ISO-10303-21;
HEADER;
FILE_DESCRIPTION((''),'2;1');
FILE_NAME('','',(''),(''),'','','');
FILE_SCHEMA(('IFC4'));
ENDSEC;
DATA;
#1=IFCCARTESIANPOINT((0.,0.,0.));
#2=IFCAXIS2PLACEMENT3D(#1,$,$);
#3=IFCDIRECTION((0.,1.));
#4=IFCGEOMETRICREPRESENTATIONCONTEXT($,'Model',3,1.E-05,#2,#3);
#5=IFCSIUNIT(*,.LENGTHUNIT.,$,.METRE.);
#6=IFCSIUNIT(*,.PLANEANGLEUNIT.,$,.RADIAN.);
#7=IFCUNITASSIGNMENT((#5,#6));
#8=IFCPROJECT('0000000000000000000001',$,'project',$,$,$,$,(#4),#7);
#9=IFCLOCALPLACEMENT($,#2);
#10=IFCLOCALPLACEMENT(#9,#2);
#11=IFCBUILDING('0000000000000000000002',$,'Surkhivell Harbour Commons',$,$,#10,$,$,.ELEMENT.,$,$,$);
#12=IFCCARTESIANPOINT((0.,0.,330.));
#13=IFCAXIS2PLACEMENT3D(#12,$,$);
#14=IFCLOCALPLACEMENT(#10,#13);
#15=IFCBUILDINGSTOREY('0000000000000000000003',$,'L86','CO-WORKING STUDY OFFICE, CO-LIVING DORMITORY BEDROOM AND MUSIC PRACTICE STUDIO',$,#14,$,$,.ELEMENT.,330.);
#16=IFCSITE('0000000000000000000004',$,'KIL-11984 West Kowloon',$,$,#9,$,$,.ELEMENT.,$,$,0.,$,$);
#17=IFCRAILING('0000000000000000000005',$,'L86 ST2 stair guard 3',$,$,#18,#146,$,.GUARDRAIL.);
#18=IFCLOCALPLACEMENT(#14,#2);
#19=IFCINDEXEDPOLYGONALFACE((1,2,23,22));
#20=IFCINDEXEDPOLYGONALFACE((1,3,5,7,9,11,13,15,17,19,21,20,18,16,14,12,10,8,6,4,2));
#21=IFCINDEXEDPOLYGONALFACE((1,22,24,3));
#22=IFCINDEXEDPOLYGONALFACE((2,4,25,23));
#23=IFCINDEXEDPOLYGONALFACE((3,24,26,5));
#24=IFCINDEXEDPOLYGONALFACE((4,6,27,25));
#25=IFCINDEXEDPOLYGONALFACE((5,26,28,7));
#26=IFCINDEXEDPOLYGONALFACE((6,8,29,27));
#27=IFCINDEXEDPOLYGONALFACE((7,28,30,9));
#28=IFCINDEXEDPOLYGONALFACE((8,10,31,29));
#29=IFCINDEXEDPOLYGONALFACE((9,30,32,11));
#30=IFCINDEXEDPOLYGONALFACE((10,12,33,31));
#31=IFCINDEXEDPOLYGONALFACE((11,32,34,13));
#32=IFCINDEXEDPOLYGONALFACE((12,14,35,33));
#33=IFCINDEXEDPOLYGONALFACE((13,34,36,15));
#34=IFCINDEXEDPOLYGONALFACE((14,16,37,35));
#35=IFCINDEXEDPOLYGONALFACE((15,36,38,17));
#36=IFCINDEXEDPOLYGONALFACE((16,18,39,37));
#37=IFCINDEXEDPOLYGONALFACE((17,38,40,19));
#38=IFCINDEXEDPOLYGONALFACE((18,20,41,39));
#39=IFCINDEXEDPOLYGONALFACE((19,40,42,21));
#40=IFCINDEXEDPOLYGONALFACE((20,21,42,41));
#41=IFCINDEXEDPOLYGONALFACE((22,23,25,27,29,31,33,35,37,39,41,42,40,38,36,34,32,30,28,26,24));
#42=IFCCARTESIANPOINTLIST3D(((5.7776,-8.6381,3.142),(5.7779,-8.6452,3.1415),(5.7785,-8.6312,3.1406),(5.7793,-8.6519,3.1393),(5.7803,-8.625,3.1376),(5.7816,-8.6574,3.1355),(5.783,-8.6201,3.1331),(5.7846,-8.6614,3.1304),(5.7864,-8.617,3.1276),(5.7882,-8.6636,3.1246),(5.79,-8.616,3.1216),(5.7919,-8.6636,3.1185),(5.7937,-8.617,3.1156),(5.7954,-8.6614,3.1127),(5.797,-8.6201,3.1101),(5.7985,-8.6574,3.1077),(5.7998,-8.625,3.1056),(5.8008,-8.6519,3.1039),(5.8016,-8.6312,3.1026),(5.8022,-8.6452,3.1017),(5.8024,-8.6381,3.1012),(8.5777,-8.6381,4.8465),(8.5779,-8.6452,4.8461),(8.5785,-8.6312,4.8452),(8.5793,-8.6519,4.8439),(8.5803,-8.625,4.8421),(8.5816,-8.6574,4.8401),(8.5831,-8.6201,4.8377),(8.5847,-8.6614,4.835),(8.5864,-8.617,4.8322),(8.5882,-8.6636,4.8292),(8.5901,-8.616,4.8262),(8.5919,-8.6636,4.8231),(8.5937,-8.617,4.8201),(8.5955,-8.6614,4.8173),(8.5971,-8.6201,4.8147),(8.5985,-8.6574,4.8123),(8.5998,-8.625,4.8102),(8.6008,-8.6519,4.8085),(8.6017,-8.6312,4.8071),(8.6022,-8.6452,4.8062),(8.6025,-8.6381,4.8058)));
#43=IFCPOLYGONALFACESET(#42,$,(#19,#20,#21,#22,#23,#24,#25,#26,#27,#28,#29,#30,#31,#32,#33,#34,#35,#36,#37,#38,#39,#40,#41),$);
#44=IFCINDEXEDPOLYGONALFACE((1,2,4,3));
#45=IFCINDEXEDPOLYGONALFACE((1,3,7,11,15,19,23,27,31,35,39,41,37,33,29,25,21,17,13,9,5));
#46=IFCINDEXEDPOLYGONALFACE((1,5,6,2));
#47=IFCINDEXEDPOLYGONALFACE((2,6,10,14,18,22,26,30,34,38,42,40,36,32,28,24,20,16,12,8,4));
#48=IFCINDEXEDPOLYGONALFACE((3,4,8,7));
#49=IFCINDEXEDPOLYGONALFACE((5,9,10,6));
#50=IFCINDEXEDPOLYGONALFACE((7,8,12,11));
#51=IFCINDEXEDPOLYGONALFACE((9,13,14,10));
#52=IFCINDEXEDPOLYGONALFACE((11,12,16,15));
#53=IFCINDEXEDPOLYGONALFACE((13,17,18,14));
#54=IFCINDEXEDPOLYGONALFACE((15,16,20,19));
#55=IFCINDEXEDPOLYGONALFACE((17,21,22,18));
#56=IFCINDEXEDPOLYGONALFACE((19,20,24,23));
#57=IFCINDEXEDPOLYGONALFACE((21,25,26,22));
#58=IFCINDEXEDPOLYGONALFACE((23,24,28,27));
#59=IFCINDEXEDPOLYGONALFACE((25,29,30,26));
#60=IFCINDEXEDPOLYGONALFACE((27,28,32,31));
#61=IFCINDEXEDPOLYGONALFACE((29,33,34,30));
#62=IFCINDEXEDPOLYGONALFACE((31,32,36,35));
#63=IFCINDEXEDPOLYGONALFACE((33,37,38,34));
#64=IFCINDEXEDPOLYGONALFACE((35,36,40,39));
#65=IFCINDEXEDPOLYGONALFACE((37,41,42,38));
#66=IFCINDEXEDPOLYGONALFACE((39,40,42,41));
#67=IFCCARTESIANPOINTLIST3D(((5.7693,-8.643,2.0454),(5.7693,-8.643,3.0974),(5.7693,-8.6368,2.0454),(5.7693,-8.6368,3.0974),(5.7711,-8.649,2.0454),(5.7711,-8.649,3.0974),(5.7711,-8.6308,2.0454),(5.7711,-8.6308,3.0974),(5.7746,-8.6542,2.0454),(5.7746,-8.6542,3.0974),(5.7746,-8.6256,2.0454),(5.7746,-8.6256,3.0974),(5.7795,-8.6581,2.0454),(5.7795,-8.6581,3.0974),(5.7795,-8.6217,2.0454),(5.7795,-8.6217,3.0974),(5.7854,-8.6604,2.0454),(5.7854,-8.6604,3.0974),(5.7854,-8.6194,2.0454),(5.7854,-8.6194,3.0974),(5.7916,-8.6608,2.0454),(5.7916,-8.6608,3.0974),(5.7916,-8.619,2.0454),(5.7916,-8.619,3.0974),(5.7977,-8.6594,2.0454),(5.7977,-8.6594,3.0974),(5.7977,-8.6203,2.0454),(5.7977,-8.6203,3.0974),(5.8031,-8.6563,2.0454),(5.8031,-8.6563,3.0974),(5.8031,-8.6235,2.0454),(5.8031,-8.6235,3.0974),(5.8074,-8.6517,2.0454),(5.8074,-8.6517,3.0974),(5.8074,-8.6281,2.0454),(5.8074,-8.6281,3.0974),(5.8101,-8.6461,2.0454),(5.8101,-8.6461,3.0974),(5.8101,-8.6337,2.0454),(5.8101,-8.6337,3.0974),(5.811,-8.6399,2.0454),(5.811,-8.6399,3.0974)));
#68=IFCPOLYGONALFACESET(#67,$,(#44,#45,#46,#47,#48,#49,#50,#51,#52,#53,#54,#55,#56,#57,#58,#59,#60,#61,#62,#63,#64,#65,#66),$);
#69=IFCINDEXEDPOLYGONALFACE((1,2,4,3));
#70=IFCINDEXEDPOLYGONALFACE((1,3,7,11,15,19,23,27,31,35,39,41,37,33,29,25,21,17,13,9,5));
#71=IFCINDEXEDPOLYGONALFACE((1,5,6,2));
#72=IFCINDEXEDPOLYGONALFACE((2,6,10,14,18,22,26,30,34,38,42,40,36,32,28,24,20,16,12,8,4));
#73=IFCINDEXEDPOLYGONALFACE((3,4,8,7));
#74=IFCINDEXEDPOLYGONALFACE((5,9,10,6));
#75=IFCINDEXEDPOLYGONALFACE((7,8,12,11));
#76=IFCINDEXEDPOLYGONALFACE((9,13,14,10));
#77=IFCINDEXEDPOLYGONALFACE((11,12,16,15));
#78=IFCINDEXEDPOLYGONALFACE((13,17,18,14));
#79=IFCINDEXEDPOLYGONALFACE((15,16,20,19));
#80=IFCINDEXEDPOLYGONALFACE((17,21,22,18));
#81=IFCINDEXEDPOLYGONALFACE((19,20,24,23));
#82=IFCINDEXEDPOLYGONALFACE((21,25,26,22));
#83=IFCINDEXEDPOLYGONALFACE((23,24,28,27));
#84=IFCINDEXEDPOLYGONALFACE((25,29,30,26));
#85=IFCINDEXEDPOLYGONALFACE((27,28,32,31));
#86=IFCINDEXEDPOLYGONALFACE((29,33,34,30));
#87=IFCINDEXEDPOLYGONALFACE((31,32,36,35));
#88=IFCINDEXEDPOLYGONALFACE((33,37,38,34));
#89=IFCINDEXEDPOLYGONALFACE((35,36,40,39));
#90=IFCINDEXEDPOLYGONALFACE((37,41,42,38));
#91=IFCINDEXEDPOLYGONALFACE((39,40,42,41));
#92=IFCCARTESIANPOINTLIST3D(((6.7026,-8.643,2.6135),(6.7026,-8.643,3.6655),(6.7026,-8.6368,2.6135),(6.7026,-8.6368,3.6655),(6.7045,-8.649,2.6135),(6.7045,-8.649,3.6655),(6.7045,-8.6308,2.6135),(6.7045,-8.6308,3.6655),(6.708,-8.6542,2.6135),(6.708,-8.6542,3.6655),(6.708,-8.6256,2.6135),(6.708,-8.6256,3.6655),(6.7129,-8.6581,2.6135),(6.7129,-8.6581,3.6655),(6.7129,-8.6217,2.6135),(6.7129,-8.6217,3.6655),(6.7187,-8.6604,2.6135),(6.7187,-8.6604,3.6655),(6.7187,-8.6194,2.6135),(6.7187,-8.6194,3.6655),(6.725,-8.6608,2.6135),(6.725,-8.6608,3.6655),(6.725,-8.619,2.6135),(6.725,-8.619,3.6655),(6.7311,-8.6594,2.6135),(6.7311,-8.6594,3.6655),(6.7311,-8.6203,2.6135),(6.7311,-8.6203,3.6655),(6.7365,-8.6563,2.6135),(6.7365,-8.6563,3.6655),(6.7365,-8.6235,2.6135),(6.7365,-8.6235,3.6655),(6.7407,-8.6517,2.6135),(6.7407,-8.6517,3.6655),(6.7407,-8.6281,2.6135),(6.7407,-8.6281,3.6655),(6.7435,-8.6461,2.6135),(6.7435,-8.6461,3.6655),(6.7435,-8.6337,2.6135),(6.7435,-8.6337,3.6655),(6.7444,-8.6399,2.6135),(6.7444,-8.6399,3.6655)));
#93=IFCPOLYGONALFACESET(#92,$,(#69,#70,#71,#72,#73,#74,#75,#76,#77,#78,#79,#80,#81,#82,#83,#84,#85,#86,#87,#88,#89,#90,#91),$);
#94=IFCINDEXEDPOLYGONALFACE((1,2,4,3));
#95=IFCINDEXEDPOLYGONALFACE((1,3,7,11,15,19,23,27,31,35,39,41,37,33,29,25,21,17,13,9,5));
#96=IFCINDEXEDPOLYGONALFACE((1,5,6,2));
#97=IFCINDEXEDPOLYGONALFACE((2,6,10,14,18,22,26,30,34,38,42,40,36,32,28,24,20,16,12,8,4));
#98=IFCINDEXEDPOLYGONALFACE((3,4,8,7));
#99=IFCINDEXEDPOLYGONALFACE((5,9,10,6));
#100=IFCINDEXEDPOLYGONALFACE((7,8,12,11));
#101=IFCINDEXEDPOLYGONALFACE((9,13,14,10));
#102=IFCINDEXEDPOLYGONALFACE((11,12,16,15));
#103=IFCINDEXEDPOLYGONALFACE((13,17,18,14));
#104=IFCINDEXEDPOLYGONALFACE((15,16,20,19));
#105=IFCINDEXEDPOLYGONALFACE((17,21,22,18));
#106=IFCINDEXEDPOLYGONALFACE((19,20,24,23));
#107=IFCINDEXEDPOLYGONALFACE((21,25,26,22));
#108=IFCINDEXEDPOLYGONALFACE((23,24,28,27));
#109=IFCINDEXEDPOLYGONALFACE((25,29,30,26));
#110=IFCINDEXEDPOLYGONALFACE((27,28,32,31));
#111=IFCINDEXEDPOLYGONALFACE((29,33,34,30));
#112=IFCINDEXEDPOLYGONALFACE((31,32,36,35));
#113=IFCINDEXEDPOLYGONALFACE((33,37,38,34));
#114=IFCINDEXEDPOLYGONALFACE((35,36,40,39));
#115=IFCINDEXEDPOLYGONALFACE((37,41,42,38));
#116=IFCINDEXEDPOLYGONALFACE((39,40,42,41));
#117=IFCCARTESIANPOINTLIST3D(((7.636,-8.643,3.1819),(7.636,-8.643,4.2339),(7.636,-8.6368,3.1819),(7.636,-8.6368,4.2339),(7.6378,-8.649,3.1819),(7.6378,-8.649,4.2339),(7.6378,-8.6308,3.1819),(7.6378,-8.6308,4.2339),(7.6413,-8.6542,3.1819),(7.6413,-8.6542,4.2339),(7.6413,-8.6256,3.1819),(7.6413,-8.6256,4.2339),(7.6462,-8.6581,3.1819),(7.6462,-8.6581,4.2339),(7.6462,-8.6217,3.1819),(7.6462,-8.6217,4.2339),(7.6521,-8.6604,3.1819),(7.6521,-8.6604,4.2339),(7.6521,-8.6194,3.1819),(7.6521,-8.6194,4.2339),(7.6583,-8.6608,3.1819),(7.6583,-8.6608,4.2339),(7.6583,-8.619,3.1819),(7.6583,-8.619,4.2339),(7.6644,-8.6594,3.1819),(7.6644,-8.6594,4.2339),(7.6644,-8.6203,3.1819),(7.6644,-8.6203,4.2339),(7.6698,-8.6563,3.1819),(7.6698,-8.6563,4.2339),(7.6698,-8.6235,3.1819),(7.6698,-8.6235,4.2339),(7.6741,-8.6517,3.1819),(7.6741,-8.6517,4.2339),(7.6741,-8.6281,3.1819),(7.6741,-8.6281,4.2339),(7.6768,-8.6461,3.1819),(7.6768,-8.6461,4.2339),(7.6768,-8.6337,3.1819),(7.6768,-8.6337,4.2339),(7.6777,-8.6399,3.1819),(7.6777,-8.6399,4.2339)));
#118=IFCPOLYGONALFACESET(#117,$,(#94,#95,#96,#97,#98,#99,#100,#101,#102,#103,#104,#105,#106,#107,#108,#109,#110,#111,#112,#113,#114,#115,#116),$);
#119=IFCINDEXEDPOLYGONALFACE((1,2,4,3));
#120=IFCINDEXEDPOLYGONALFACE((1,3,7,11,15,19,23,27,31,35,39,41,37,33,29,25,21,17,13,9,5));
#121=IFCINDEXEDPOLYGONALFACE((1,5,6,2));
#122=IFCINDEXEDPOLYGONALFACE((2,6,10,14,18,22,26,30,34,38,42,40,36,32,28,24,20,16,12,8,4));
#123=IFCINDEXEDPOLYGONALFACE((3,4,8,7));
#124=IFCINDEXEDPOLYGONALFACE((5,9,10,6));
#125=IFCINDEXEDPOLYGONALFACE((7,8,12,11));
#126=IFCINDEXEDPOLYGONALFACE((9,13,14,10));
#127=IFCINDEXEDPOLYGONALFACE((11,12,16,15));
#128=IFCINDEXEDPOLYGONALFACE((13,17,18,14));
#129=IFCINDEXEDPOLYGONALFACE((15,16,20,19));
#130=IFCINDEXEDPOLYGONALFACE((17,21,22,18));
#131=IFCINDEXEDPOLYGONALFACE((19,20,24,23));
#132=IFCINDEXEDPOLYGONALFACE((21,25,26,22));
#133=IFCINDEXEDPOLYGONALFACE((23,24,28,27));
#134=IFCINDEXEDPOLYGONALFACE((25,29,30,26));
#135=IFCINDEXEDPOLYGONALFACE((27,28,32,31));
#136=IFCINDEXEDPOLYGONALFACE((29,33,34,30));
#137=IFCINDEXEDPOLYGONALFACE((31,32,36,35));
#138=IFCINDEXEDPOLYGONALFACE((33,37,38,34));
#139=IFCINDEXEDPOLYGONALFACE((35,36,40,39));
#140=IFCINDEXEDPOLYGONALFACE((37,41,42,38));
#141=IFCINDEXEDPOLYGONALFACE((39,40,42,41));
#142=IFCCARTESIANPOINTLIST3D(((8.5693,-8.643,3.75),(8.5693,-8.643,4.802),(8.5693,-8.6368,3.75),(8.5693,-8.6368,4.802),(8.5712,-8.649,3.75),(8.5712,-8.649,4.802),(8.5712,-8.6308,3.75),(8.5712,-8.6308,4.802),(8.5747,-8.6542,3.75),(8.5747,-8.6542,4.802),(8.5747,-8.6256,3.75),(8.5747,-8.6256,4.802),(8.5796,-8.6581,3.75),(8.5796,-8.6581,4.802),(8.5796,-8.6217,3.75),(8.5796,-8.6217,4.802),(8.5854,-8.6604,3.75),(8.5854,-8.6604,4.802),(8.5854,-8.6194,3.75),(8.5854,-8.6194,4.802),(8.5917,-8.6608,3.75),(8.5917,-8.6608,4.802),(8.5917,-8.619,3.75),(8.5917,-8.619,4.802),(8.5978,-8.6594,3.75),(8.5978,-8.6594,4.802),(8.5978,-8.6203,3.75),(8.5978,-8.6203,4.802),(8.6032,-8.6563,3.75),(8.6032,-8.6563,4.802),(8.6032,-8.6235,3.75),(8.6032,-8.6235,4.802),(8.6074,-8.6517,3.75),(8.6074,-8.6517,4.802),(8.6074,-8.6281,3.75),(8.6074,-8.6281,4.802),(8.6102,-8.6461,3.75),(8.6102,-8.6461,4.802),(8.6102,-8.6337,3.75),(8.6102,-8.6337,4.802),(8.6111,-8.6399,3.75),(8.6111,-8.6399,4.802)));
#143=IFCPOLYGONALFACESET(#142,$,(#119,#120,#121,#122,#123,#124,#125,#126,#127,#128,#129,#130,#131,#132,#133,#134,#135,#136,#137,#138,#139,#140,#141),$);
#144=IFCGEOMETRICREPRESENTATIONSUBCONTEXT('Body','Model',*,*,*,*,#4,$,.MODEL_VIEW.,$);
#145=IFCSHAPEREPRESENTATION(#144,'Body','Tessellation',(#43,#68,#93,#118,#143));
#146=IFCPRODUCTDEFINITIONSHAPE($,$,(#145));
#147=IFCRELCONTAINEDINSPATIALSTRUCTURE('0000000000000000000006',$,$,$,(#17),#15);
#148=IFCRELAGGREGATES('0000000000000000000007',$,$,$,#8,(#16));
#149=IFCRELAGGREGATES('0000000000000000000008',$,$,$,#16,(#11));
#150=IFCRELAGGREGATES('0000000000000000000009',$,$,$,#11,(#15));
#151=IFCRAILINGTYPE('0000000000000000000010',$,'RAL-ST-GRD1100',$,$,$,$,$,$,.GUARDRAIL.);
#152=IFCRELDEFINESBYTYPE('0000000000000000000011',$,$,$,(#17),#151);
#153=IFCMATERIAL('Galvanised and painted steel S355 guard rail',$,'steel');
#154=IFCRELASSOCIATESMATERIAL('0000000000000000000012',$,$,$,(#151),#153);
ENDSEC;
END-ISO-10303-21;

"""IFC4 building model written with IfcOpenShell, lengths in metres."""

from ifc_helpers import new_model, si_unit, direction, frame, origin, origin_2d, place, context, subcontext, project, spatial, circle, extrude, material, type_object, element, save


model = new_model("IFC4")

# Units and contexts
model_context = context("Model", 3, precision=1e-05, world=origin(), true_north=direction((0.0, 1.0)))
body_context = subcontext(model_context, "Body", "Model", "MODEL_VIEW")
ifc_project = project(units=[si_unit("LENGTHUNIT", "METRE"), si_unit("PLANEANGLEUNIT", "RADIAN")], contexts=[model_context])

# Site, building, storey
site_placement = place(None, origin())
site = spatial("IfcSite", under=ifc_project, at=site_placement, Name="KIL-11984 West Kowloon", CompositionType="ELEMENT", RefElevation=0.0)
building_placement = place(site_placement, origin())
building = spatial("IfcBuilding", under=site, at=building_placement, Name="Surkhivell Harbour Commons", CompositionType="ELEMENT")
storey_placement = place(building_placement, frame((0.0, 0.0, 330.0)))
storey = spatial("IfcBuildingStorey", under=building, at=storey_placement, Name="L86", Description="CO-WORKING STUDY OFFICE, CO-LIVING DORMITORY BEDROOM AND MUSIC PRACTICE STUDIO", CompositionType="ELEMENT", Elevation=330.0)

# Railing
ifc_material_1 = material(Name="Galvanised and painted steel S355 guard rail", Category="steel")
railing_type_1 = type_object("IfcRailingType", Name="RAL-ST-GRD1100", PredefinedType="GUARDRAIL", material=ifc_material_1)
railing_1_placement = place(storey_placement, frame((5.79, -8.6399, 2.0454)))
element("IfcRailing", 1, at=railing_1_placement, inside=storey, type_object=railing_type_1, Name="L86 ST2 stair guard 3", PredefinedType="GUARDRAIL", context=body_context, shape_type="SweptSolid", body=[
    extrude(circle(Radius=0.0239, at=origin_2d()), frame((0.0, 0.0, 1.0762), z_axis=(0.85417, 0.0, 0.519994), x_axis=(0.0, 1.0, 0.0)), (0.0, 0.0, 1.0), 3.2781),
    extrude(circle(Radius=0.021, at=origin_2d()), origin(), (0.0, 0.0, 1.0), 1.052),
    extrude(circle(Radius=0.021, at=origin_2d()), frame((0.9333, 0.0, 0.5681)), (0.0, 0.0, 1.0), 1.052),
    extrude(circle(Radius=0.021, at=origin_2d()), frame((1.8667, 0.0, 1.1365)), (0.0, 0.0, 1.0), 1.052),
    extrude(circle(Radius=0.021, at=origin_2d()), frame((2.8, 0.0, 1.7046)), (0.0, 0.0, 1.0), 1.052),
])

save(model, "model.ifc")
